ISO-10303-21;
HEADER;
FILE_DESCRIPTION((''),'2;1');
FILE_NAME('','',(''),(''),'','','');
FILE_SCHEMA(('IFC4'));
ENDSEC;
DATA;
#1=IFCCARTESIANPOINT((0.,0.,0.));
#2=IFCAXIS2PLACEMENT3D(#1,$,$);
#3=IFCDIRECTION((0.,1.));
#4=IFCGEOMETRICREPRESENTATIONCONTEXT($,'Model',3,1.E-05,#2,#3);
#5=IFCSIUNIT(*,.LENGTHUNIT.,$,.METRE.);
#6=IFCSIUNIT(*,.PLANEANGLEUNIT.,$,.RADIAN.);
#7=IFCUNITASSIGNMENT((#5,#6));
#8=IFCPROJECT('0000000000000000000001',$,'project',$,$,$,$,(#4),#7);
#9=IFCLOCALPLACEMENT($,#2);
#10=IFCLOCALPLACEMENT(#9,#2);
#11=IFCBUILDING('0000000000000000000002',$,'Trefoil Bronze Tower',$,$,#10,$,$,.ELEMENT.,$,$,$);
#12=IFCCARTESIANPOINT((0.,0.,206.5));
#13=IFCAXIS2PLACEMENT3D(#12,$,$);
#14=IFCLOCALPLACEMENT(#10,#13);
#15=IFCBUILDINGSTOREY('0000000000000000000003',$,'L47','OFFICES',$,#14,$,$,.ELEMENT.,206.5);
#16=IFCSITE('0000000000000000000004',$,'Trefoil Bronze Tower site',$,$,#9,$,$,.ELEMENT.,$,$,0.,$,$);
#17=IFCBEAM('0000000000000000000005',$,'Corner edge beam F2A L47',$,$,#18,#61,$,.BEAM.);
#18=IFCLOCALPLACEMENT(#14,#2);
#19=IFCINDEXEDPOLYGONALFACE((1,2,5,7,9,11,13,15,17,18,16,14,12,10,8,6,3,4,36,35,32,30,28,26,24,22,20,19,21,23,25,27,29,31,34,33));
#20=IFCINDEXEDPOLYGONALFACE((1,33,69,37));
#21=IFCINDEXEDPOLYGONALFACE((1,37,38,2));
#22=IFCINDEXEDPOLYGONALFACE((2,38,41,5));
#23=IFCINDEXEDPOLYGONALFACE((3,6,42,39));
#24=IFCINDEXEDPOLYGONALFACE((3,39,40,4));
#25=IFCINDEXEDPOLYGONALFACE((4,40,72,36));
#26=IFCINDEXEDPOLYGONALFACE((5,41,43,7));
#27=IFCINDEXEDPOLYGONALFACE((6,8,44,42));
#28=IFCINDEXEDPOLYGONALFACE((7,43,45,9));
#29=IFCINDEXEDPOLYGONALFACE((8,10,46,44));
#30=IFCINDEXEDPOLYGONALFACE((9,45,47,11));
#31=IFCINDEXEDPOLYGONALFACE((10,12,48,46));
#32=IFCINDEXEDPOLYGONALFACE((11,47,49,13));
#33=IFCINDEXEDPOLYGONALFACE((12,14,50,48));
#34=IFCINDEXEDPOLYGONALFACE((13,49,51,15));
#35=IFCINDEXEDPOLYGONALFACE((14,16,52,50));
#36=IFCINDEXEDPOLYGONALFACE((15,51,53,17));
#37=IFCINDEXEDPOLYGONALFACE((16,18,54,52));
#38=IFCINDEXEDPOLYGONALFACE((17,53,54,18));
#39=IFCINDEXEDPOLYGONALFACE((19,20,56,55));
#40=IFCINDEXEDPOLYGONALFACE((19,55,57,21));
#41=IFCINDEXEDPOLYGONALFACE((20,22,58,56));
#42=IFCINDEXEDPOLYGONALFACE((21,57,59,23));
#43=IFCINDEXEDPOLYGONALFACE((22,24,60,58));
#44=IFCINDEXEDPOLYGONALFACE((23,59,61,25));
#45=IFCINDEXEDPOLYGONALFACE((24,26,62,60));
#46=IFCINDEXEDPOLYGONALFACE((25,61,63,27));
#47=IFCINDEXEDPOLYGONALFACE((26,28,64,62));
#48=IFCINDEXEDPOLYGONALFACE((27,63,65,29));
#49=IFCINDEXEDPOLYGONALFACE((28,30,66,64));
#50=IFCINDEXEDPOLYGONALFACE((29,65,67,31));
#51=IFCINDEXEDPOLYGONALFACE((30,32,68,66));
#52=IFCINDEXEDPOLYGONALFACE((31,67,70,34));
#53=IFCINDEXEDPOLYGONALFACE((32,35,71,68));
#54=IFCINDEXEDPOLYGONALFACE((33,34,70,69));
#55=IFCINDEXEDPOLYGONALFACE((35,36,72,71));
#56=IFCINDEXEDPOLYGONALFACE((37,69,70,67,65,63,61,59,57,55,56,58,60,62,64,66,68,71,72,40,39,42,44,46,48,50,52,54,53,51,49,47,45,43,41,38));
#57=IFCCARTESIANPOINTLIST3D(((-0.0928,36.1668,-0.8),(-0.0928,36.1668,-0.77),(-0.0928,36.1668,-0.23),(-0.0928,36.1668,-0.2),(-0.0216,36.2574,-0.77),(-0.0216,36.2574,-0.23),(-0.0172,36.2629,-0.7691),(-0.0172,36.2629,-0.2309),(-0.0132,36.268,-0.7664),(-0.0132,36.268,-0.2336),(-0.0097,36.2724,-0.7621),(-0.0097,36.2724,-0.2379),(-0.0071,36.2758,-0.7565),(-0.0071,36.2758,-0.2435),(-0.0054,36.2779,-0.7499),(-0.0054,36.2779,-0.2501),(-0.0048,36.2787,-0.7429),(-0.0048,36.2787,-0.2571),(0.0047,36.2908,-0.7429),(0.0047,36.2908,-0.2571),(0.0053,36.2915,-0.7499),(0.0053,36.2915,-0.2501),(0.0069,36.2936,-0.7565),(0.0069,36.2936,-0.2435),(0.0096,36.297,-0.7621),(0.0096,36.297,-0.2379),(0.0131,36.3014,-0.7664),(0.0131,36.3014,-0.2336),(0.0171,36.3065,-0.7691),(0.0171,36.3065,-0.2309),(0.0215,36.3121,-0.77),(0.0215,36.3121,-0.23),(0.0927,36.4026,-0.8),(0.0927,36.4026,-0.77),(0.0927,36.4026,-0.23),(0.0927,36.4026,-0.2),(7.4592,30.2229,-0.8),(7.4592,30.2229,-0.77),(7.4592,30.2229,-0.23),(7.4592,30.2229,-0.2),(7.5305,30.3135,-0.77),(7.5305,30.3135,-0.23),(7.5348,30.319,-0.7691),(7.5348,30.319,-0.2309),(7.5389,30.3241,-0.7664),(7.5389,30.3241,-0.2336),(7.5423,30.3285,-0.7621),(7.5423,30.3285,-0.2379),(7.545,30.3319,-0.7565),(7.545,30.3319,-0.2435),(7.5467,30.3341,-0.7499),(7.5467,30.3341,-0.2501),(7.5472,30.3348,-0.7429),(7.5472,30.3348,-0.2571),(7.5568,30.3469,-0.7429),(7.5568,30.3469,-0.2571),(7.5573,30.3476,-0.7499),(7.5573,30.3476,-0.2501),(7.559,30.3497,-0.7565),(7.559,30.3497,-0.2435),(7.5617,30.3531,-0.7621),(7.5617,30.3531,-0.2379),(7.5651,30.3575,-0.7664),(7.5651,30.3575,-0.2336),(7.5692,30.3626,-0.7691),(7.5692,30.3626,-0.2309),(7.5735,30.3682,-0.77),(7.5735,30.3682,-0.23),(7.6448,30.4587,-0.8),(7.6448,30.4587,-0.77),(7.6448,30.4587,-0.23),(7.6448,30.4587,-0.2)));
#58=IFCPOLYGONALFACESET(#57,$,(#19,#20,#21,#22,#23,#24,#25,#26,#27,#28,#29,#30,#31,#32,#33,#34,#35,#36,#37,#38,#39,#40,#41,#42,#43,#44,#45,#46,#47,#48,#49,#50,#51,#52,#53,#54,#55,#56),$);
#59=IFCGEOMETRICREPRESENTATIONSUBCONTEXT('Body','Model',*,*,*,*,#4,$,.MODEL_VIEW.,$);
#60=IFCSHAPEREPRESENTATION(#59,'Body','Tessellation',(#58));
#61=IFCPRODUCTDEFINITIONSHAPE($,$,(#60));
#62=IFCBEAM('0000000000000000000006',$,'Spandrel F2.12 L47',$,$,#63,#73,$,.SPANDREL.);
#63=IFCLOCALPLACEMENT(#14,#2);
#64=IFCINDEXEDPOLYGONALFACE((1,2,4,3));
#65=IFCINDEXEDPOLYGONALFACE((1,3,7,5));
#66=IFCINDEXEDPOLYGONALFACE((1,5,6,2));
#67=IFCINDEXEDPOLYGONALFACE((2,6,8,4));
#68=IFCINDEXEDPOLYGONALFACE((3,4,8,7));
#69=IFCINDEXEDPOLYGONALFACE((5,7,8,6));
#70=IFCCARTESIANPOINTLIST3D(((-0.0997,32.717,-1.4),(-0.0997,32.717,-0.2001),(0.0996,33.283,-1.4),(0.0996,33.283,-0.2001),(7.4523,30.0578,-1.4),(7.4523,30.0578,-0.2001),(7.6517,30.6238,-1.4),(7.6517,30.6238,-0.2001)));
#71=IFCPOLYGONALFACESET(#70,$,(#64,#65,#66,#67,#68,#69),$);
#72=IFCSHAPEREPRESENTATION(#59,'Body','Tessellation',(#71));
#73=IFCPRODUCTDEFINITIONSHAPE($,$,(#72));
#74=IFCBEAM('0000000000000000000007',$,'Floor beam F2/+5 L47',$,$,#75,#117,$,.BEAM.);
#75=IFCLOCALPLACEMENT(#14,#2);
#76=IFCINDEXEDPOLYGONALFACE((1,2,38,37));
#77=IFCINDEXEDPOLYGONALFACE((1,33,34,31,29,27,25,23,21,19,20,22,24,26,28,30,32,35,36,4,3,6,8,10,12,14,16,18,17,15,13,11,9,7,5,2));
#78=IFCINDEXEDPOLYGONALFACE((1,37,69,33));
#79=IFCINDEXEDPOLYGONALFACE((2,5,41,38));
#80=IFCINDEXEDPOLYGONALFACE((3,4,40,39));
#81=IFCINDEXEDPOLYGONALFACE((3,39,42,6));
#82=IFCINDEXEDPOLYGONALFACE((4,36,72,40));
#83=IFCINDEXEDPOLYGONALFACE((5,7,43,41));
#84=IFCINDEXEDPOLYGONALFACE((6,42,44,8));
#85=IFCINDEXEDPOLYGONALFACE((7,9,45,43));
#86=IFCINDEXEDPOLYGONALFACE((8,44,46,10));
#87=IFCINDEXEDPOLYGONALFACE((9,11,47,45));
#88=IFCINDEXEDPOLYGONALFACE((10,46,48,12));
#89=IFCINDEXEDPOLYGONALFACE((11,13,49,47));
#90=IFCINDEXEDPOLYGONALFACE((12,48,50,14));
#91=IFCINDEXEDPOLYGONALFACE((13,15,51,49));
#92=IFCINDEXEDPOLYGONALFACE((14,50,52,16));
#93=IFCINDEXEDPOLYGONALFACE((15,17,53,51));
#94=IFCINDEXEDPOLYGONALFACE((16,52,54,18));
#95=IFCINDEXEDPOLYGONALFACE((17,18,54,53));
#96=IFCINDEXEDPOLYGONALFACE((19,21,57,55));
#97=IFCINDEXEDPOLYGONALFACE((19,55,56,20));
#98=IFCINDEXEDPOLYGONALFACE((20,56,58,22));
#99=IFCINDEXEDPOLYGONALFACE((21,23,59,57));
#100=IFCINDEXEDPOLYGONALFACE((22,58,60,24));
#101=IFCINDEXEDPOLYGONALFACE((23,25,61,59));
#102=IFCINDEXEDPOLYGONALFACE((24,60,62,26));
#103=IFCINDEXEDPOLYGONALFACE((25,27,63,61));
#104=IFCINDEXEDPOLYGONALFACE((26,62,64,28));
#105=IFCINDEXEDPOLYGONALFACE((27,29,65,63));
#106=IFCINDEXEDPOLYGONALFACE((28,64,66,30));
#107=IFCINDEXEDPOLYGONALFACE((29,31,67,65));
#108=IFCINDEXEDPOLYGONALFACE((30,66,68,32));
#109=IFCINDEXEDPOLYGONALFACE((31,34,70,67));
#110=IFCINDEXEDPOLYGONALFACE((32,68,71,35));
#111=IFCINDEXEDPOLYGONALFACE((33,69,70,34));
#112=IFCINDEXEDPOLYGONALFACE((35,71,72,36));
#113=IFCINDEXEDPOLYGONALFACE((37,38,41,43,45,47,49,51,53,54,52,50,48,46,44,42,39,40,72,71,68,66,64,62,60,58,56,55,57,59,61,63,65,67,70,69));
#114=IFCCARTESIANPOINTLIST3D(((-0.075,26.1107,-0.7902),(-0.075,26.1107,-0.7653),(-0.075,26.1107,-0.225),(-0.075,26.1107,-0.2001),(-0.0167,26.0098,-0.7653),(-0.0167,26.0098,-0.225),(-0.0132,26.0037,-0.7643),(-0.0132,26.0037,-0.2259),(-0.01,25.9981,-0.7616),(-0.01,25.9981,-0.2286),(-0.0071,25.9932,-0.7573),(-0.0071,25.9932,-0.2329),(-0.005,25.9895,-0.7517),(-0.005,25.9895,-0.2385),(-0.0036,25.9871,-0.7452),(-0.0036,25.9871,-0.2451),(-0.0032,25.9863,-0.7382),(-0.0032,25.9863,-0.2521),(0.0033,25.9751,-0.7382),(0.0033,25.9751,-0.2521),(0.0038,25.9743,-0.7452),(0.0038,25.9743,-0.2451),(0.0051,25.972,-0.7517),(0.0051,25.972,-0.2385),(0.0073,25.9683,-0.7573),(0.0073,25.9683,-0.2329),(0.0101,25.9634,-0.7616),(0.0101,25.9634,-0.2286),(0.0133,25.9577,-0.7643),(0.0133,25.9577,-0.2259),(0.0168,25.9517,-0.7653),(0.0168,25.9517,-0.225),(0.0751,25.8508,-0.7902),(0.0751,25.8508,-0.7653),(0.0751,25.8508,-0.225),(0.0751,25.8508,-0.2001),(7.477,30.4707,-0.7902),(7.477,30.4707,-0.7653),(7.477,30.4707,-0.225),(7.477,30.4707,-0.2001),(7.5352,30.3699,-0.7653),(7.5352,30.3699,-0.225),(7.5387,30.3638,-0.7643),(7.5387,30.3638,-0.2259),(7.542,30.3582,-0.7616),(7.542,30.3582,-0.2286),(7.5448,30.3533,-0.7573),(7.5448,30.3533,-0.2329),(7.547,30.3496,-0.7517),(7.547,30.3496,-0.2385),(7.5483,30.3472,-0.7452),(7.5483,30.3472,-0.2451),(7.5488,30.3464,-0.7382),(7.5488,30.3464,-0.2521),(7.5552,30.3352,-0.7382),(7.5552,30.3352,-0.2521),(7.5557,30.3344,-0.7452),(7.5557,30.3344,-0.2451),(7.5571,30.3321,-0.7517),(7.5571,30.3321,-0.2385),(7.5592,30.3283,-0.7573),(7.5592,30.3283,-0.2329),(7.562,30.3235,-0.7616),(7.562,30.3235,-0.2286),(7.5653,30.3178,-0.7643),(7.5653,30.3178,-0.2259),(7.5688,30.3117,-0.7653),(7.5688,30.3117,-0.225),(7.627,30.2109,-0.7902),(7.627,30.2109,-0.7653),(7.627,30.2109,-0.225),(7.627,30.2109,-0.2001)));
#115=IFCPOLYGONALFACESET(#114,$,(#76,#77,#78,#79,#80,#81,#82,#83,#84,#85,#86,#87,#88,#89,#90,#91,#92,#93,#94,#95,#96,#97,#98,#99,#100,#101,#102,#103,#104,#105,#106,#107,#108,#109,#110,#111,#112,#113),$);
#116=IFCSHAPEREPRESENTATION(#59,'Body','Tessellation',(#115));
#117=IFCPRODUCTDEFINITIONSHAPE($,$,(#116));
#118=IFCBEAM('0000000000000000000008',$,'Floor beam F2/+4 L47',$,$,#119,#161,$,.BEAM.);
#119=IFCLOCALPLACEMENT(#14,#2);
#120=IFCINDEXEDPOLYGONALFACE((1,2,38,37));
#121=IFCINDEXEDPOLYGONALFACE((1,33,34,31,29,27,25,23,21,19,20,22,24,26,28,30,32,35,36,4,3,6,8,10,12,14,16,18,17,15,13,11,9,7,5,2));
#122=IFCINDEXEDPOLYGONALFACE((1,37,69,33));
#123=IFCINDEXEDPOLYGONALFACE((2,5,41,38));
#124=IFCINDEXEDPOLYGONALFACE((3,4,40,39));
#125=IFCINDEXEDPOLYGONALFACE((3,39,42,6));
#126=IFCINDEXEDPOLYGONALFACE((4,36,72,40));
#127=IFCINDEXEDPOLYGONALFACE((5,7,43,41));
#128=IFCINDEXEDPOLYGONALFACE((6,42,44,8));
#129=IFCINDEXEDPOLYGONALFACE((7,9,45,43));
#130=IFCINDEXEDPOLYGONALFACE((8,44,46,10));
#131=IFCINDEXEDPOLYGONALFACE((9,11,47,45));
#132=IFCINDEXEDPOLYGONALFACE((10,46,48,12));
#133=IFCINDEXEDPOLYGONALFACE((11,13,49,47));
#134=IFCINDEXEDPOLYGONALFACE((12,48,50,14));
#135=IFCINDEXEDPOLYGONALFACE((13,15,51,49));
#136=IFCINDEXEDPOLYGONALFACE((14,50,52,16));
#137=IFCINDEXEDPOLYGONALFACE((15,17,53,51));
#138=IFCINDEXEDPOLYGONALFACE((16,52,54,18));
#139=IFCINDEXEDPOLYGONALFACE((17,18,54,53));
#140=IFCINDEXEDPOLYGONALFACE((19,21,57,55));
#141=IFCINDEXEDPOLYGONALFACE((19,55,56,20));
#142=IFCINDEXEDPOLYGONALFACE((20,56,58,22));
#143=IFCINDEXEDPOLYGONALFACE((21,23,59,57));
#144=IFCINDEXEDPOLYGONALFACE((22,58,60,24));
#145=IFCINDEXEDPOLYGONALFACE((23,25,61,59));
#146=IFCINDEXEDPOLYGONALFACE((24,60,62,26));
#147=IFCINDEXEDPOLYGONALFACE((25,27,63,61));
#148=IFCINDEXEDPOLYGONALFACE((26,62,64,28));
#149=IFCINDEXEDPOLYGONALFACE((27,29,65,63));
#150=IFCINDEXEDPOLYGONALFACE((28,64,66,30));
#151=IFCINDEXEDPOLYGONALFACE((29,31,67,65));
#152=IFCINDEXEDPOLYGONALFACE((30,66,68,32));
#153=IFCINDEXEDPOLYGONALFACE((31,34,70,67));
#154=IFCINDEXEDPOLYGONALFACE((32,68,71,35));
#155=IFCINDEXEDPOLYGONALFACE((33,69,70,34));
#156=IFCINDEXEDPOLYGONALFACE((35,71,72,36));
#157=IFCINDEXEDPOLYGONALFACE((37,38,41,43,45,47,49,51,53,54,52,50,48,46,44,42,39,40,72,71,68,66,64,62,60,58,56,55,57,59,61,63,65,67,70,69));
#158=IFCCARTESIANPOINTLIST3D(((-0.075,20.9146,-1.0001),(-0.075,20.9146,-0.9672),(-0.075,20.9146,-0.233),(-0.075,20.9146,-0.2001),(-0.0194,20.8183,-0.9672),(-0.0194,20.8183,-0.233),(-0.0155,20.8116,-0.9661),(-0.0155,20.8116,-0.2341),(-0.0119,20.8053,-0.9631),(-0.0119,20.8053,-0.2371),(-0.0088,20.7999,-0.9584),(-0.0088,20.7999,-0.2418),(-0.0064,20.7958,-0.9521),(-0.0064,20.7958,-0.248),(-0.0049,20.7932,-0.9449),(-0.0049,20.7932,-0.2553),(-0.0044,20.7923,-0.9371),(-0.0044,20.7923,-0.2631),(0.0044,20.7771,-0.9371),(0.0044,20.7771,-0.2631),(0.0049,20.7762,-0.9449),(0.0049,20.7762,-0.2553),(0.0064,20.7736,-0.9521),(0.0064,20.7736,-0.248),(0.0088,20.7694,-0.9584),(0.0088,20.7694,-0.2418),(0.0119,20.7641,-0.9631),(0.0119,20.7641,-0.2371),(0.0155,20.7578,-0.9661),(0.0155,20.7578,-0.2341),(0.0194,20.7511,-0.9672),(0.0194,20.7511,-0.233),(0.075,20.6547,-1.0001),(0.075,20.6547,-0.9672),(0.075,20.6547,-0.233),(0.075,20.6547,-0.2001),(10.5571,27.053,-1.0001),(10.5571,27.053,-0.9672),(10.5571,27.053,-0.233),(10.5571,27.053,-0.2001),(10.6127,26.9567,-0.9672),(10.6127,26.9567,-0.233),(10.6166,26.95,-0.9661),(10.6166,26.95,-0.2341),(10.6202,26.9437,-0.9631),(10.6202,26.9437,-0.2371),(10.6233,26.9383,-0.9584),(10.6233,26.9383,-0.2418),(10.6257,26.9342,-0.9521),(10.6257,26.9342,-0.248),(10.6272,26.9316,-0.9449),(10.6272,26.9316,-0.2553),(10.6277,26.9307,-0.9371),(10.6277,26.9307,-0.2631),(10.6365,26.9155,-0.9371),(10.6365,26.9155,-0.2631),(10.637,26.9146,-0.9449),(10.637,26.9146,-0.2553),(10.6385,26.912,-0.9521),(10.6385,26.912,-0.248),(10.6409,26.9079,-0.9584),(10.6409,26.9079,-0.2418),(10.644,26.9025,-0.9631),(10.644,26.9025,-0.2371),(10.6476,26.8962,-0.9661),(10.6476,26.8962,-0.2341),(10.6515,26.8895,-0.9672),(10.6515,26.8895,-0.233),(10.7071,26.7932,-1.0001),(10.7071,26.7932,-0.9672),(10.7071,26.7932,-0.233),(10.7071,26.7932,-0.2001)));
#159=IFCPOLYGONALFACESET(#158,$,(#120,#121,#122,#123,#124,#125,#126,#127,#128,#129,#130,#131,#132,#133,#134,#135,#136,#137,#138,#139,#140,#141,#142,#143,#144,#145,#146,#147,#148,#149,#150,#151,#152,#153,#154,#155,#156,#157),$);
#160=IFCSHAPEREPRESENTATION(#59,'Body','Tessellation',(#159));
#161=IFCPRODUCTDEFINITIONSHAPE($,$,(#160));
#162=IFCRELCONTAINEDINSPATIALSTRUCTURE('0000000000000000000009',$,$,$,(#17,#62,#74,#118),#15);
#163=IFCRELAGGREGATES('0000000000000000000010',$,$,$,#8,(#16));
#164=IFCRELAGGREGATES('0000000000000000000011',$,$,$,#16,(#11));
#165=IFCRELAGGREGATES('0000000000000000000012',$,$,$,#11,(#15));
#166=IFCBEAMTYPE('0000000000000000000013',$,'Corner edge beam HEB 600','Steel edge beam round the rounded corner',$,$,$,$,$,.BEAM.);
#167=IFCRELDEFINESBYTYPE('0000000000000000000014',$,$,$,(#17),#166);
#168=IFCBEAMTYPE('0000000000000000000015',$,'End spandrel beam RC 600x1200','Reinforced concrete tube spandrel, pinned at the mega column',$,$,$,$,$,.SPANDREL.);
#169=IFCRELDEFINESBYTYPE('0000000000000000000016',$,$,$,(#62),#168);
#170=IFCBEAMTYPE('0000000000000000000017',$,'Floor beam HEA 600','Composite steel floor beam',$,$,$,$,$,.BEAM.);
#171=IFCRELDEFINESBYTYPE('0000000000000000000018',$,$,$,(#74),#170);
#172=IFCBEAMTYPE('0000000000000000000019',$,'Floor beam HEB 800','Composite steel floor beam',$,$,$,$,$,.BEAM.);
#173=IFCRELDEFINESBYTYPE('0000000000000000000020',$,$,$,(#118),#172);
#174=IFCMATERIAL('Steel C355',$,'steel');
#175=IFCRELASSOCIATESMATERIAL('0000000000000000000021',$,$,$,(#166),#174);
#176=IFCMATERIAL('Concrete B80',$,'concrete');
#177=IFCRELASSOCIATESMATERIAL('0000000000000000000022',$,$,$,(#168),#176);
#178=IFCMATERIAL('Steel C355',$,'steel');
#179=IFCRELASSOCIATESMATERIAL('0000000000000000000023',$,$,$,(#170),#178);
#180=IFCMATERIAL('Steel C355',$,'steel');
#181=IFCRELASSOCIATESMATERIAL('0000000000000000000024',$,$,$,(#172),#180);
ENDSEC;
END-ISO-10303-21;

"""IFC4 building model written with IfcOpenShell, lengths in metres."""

from ifc_helpers import new_model, si_unit, direction, frame, origin, origin_2d, place, context, subcontext, project, spatial, rectangle, i_section, extrude, material, material_profile, profile_set, type_object, element, save


model = new_model("IFC4")

# Units and contexts
model_context = context("Model", 3, precision=1e-05, world=origin(), true_north=direction((0.0, 1.0)))
body_context = subcontext(model_context, "Body", "Model", "MODEL_VIEW")
ifc_project = project(units=[si_unit("LENGTHUNIT", "METRE"), si_unit("PLANEANGLEUNIT", "RADIAN")], contexts=[model_context])

# Site, building, storey
site_placement = place(None, origin())
site = spatial("IfcSite", under=ifc_project, at=site_placement, Name="Trefoil Bronze Tower site", CompositionType="ELEMENT", RefElevation=0.0)
building_placement = place(site_placement, origin())
building = spatial("IfcBuilding", under=site, at=building_placement, Name="Trefoil Bronze Tower", CompositionType="ELEMENT")
storey_placement = place(building_placement, frame((0.0, 0.0, 206.5)))
storey = spatial("IfcBuildingStorey", under=building, at=storey_placement, Name="L47", Description="OFFICES", CompositionType="ELEMENT", Elevation=206.5)

# Beams
ifc_material_1 = material(Name="Steel C355", Category="steel")
ifc_material_profile_1 = material_profile(ifc_material_1, i_section(OverallWidth=0.3, OverallDepth=0.6001, WebThickness=0.0154, FlangeThickness=0.03, FilletRadius=0.0271, at=origin_2d()), Name="HEB 600")
ifc_profile_set_1 = profile_set([ifc_material_profile_1], Name="Steel C355")
beam_type_1 = type_object("IfcBeamType", Name="Corner edge beam HEB 600", Description="Steel edge beam round the rounded corner", PredefinedType="BEAM", material=ifc_profile_set_1)
beam_1_placement = place(storey_placement, frame((7.552, 30.3408, -0.5), z_axis=(-0.785806, 0.618473, 0.0), x_axis=(-0.618473, -0.785806, 0.0)))
element("IfcBeam", 1, at=beam_1_placement, inside=storey, type_object=beam_type_1, Name="Corner edge beam F2A L47", PredefinedType="BEAM", context=body_context, shape_type="SweptSolid", body=[
    extrude(i_section(OverallWidth=0.3, OverallDepth=0.6001, WebThickness=0.0154, FlangeThickness=0.03, FilletRadius=0.0271, at=origin_2d()), origin(), (0.0, 0.0, 1.0), 9.6106),
])
ifc_material_2 = material(Name="Concrete B80", Category="concrete")
ifc_material_profile_2 = material_profile(ifc_material_2, rectangle(XDim=0.6001, YDim=1.2, at=origin_2d()), Name="RC 600x1200")
ifc_profile_set_2 = profile_set([ifc_material_profile_2], Name="Concrete B80")
beam_type_2 = type_object("IfcBeamType", Name="End spandrel beam RC 600x1200", Description="Reinforced concrete tube spandrel, pinned at the mega column", PredefinedType="SPANDREL", material=ifc_profile_set_2)
beam_2_placement = place(storey_placement, frame((7.552, 30.3408, -0.8), z_axis=(-0.943234, 0.332128, 0.0), x_axis=(-0.332128, -0.943234, 0.0)))
element("IfcBeam", 2, at=beam_2_placement, inside=storey, type_object=beam_type_2, Name="Spandrel F2.12 L47", PredefinedType="SPANDREL", context=body_context, shape_type="SweptSolid", body=[
    extrude(rectangle(XDim=0.6001, YDim=1.2, at=origin_2d()), origin(), (0.0, 0.0, 1.0), 8.0066),
])
ifc_material_3 = material(Name="Steel C355", Category="steel")
ifc_material_profile_3 = material_profile(ifc_material_3, i_section(OverallWidth=0.3, OverallDepth=0.5901, WebThickness=0.0129, FlangeThickness=0.0249, FilletRadius=0.0271, at=origin_2d()), Name="HEA 600")
ifc_profile_set_3 = profile_set([ifc_material_profile_3], Name="Steel C355")
beam_type_3 = type_object("IfcBeamType", Name="Floor beam HEA 600", Description="Composite steel floor beam", PredefinedType="BEAM", material=ifc_profile_set_3)
beam_3_placement = place(storey_placement, frame((7.552, 30.3408, -0.4951), z_axis=(-0.866028, -0.499996, 0.0), x_axis=(0.499996, -0.866028, 0.0)))
element("IfcBeam", 3, at=beam_3_placement, inside=storey, type_object=beam_type_3, Name="Floor beam F2/+5 L47", PredefinedType="BEAM", context=body_context, shape_type="SweptSolid", body=[
    extrude(i_section(OverallWidth=0.3, OverallDepth=0.5901, WebThickness=0.0129, FlangeThickness=0.0249, FilletRadius=0.0271, at=origin_2d()), origin(), (0.0, 0.0, 1.0), 8.7202),
])
ifc_material_4 = material(Name="Steel C355", Category="steel")
ifc_material_profile_4 = material_profile(ifc_material_4, i_section(OverallWidth=0.3, OverallDepth=0.8, WebThickness=0.0176, FlangeThickness=0.033, FilletRadius=0.03, at=origin_2d()), Name="HEB 800")
ifc_profile_set_4 = profile_set([ifc_material_profile_4], Name="Steel C355")
beam_type_4 = type_object("IfcBeamType", Name="Floor beam HEB 800", Description="Composite steel floor beam", PredefinedType="BEAM", material=ifc_profile_set_4)
beam_4_placement = place(storey_placement, frame((10.6321, 26.9231, -0.6001), z_axis=(-0.866026, -0.5, 0.0), x_axis=(0.5, -0.866026, 0.0)))
element("IfcBeam", 4, at=beam_4_placement, inside=storey, type_object=beam_type_4, Name="Floor beam F2/+4 L47", PredefinedType="BEAM", context=body_context, shape_type="SweptSolid", body=[
    extrude(i_section(OverallWidth=0.3, OverallDepth=0.8, WebThickness=0.0176, FlangeThickness=0.033, FilletRadius=0.03, at=origin_2d()), origin(), (0.0, 0.0, 1.0), 12.2769),
])

save(model, "model.ifc")
